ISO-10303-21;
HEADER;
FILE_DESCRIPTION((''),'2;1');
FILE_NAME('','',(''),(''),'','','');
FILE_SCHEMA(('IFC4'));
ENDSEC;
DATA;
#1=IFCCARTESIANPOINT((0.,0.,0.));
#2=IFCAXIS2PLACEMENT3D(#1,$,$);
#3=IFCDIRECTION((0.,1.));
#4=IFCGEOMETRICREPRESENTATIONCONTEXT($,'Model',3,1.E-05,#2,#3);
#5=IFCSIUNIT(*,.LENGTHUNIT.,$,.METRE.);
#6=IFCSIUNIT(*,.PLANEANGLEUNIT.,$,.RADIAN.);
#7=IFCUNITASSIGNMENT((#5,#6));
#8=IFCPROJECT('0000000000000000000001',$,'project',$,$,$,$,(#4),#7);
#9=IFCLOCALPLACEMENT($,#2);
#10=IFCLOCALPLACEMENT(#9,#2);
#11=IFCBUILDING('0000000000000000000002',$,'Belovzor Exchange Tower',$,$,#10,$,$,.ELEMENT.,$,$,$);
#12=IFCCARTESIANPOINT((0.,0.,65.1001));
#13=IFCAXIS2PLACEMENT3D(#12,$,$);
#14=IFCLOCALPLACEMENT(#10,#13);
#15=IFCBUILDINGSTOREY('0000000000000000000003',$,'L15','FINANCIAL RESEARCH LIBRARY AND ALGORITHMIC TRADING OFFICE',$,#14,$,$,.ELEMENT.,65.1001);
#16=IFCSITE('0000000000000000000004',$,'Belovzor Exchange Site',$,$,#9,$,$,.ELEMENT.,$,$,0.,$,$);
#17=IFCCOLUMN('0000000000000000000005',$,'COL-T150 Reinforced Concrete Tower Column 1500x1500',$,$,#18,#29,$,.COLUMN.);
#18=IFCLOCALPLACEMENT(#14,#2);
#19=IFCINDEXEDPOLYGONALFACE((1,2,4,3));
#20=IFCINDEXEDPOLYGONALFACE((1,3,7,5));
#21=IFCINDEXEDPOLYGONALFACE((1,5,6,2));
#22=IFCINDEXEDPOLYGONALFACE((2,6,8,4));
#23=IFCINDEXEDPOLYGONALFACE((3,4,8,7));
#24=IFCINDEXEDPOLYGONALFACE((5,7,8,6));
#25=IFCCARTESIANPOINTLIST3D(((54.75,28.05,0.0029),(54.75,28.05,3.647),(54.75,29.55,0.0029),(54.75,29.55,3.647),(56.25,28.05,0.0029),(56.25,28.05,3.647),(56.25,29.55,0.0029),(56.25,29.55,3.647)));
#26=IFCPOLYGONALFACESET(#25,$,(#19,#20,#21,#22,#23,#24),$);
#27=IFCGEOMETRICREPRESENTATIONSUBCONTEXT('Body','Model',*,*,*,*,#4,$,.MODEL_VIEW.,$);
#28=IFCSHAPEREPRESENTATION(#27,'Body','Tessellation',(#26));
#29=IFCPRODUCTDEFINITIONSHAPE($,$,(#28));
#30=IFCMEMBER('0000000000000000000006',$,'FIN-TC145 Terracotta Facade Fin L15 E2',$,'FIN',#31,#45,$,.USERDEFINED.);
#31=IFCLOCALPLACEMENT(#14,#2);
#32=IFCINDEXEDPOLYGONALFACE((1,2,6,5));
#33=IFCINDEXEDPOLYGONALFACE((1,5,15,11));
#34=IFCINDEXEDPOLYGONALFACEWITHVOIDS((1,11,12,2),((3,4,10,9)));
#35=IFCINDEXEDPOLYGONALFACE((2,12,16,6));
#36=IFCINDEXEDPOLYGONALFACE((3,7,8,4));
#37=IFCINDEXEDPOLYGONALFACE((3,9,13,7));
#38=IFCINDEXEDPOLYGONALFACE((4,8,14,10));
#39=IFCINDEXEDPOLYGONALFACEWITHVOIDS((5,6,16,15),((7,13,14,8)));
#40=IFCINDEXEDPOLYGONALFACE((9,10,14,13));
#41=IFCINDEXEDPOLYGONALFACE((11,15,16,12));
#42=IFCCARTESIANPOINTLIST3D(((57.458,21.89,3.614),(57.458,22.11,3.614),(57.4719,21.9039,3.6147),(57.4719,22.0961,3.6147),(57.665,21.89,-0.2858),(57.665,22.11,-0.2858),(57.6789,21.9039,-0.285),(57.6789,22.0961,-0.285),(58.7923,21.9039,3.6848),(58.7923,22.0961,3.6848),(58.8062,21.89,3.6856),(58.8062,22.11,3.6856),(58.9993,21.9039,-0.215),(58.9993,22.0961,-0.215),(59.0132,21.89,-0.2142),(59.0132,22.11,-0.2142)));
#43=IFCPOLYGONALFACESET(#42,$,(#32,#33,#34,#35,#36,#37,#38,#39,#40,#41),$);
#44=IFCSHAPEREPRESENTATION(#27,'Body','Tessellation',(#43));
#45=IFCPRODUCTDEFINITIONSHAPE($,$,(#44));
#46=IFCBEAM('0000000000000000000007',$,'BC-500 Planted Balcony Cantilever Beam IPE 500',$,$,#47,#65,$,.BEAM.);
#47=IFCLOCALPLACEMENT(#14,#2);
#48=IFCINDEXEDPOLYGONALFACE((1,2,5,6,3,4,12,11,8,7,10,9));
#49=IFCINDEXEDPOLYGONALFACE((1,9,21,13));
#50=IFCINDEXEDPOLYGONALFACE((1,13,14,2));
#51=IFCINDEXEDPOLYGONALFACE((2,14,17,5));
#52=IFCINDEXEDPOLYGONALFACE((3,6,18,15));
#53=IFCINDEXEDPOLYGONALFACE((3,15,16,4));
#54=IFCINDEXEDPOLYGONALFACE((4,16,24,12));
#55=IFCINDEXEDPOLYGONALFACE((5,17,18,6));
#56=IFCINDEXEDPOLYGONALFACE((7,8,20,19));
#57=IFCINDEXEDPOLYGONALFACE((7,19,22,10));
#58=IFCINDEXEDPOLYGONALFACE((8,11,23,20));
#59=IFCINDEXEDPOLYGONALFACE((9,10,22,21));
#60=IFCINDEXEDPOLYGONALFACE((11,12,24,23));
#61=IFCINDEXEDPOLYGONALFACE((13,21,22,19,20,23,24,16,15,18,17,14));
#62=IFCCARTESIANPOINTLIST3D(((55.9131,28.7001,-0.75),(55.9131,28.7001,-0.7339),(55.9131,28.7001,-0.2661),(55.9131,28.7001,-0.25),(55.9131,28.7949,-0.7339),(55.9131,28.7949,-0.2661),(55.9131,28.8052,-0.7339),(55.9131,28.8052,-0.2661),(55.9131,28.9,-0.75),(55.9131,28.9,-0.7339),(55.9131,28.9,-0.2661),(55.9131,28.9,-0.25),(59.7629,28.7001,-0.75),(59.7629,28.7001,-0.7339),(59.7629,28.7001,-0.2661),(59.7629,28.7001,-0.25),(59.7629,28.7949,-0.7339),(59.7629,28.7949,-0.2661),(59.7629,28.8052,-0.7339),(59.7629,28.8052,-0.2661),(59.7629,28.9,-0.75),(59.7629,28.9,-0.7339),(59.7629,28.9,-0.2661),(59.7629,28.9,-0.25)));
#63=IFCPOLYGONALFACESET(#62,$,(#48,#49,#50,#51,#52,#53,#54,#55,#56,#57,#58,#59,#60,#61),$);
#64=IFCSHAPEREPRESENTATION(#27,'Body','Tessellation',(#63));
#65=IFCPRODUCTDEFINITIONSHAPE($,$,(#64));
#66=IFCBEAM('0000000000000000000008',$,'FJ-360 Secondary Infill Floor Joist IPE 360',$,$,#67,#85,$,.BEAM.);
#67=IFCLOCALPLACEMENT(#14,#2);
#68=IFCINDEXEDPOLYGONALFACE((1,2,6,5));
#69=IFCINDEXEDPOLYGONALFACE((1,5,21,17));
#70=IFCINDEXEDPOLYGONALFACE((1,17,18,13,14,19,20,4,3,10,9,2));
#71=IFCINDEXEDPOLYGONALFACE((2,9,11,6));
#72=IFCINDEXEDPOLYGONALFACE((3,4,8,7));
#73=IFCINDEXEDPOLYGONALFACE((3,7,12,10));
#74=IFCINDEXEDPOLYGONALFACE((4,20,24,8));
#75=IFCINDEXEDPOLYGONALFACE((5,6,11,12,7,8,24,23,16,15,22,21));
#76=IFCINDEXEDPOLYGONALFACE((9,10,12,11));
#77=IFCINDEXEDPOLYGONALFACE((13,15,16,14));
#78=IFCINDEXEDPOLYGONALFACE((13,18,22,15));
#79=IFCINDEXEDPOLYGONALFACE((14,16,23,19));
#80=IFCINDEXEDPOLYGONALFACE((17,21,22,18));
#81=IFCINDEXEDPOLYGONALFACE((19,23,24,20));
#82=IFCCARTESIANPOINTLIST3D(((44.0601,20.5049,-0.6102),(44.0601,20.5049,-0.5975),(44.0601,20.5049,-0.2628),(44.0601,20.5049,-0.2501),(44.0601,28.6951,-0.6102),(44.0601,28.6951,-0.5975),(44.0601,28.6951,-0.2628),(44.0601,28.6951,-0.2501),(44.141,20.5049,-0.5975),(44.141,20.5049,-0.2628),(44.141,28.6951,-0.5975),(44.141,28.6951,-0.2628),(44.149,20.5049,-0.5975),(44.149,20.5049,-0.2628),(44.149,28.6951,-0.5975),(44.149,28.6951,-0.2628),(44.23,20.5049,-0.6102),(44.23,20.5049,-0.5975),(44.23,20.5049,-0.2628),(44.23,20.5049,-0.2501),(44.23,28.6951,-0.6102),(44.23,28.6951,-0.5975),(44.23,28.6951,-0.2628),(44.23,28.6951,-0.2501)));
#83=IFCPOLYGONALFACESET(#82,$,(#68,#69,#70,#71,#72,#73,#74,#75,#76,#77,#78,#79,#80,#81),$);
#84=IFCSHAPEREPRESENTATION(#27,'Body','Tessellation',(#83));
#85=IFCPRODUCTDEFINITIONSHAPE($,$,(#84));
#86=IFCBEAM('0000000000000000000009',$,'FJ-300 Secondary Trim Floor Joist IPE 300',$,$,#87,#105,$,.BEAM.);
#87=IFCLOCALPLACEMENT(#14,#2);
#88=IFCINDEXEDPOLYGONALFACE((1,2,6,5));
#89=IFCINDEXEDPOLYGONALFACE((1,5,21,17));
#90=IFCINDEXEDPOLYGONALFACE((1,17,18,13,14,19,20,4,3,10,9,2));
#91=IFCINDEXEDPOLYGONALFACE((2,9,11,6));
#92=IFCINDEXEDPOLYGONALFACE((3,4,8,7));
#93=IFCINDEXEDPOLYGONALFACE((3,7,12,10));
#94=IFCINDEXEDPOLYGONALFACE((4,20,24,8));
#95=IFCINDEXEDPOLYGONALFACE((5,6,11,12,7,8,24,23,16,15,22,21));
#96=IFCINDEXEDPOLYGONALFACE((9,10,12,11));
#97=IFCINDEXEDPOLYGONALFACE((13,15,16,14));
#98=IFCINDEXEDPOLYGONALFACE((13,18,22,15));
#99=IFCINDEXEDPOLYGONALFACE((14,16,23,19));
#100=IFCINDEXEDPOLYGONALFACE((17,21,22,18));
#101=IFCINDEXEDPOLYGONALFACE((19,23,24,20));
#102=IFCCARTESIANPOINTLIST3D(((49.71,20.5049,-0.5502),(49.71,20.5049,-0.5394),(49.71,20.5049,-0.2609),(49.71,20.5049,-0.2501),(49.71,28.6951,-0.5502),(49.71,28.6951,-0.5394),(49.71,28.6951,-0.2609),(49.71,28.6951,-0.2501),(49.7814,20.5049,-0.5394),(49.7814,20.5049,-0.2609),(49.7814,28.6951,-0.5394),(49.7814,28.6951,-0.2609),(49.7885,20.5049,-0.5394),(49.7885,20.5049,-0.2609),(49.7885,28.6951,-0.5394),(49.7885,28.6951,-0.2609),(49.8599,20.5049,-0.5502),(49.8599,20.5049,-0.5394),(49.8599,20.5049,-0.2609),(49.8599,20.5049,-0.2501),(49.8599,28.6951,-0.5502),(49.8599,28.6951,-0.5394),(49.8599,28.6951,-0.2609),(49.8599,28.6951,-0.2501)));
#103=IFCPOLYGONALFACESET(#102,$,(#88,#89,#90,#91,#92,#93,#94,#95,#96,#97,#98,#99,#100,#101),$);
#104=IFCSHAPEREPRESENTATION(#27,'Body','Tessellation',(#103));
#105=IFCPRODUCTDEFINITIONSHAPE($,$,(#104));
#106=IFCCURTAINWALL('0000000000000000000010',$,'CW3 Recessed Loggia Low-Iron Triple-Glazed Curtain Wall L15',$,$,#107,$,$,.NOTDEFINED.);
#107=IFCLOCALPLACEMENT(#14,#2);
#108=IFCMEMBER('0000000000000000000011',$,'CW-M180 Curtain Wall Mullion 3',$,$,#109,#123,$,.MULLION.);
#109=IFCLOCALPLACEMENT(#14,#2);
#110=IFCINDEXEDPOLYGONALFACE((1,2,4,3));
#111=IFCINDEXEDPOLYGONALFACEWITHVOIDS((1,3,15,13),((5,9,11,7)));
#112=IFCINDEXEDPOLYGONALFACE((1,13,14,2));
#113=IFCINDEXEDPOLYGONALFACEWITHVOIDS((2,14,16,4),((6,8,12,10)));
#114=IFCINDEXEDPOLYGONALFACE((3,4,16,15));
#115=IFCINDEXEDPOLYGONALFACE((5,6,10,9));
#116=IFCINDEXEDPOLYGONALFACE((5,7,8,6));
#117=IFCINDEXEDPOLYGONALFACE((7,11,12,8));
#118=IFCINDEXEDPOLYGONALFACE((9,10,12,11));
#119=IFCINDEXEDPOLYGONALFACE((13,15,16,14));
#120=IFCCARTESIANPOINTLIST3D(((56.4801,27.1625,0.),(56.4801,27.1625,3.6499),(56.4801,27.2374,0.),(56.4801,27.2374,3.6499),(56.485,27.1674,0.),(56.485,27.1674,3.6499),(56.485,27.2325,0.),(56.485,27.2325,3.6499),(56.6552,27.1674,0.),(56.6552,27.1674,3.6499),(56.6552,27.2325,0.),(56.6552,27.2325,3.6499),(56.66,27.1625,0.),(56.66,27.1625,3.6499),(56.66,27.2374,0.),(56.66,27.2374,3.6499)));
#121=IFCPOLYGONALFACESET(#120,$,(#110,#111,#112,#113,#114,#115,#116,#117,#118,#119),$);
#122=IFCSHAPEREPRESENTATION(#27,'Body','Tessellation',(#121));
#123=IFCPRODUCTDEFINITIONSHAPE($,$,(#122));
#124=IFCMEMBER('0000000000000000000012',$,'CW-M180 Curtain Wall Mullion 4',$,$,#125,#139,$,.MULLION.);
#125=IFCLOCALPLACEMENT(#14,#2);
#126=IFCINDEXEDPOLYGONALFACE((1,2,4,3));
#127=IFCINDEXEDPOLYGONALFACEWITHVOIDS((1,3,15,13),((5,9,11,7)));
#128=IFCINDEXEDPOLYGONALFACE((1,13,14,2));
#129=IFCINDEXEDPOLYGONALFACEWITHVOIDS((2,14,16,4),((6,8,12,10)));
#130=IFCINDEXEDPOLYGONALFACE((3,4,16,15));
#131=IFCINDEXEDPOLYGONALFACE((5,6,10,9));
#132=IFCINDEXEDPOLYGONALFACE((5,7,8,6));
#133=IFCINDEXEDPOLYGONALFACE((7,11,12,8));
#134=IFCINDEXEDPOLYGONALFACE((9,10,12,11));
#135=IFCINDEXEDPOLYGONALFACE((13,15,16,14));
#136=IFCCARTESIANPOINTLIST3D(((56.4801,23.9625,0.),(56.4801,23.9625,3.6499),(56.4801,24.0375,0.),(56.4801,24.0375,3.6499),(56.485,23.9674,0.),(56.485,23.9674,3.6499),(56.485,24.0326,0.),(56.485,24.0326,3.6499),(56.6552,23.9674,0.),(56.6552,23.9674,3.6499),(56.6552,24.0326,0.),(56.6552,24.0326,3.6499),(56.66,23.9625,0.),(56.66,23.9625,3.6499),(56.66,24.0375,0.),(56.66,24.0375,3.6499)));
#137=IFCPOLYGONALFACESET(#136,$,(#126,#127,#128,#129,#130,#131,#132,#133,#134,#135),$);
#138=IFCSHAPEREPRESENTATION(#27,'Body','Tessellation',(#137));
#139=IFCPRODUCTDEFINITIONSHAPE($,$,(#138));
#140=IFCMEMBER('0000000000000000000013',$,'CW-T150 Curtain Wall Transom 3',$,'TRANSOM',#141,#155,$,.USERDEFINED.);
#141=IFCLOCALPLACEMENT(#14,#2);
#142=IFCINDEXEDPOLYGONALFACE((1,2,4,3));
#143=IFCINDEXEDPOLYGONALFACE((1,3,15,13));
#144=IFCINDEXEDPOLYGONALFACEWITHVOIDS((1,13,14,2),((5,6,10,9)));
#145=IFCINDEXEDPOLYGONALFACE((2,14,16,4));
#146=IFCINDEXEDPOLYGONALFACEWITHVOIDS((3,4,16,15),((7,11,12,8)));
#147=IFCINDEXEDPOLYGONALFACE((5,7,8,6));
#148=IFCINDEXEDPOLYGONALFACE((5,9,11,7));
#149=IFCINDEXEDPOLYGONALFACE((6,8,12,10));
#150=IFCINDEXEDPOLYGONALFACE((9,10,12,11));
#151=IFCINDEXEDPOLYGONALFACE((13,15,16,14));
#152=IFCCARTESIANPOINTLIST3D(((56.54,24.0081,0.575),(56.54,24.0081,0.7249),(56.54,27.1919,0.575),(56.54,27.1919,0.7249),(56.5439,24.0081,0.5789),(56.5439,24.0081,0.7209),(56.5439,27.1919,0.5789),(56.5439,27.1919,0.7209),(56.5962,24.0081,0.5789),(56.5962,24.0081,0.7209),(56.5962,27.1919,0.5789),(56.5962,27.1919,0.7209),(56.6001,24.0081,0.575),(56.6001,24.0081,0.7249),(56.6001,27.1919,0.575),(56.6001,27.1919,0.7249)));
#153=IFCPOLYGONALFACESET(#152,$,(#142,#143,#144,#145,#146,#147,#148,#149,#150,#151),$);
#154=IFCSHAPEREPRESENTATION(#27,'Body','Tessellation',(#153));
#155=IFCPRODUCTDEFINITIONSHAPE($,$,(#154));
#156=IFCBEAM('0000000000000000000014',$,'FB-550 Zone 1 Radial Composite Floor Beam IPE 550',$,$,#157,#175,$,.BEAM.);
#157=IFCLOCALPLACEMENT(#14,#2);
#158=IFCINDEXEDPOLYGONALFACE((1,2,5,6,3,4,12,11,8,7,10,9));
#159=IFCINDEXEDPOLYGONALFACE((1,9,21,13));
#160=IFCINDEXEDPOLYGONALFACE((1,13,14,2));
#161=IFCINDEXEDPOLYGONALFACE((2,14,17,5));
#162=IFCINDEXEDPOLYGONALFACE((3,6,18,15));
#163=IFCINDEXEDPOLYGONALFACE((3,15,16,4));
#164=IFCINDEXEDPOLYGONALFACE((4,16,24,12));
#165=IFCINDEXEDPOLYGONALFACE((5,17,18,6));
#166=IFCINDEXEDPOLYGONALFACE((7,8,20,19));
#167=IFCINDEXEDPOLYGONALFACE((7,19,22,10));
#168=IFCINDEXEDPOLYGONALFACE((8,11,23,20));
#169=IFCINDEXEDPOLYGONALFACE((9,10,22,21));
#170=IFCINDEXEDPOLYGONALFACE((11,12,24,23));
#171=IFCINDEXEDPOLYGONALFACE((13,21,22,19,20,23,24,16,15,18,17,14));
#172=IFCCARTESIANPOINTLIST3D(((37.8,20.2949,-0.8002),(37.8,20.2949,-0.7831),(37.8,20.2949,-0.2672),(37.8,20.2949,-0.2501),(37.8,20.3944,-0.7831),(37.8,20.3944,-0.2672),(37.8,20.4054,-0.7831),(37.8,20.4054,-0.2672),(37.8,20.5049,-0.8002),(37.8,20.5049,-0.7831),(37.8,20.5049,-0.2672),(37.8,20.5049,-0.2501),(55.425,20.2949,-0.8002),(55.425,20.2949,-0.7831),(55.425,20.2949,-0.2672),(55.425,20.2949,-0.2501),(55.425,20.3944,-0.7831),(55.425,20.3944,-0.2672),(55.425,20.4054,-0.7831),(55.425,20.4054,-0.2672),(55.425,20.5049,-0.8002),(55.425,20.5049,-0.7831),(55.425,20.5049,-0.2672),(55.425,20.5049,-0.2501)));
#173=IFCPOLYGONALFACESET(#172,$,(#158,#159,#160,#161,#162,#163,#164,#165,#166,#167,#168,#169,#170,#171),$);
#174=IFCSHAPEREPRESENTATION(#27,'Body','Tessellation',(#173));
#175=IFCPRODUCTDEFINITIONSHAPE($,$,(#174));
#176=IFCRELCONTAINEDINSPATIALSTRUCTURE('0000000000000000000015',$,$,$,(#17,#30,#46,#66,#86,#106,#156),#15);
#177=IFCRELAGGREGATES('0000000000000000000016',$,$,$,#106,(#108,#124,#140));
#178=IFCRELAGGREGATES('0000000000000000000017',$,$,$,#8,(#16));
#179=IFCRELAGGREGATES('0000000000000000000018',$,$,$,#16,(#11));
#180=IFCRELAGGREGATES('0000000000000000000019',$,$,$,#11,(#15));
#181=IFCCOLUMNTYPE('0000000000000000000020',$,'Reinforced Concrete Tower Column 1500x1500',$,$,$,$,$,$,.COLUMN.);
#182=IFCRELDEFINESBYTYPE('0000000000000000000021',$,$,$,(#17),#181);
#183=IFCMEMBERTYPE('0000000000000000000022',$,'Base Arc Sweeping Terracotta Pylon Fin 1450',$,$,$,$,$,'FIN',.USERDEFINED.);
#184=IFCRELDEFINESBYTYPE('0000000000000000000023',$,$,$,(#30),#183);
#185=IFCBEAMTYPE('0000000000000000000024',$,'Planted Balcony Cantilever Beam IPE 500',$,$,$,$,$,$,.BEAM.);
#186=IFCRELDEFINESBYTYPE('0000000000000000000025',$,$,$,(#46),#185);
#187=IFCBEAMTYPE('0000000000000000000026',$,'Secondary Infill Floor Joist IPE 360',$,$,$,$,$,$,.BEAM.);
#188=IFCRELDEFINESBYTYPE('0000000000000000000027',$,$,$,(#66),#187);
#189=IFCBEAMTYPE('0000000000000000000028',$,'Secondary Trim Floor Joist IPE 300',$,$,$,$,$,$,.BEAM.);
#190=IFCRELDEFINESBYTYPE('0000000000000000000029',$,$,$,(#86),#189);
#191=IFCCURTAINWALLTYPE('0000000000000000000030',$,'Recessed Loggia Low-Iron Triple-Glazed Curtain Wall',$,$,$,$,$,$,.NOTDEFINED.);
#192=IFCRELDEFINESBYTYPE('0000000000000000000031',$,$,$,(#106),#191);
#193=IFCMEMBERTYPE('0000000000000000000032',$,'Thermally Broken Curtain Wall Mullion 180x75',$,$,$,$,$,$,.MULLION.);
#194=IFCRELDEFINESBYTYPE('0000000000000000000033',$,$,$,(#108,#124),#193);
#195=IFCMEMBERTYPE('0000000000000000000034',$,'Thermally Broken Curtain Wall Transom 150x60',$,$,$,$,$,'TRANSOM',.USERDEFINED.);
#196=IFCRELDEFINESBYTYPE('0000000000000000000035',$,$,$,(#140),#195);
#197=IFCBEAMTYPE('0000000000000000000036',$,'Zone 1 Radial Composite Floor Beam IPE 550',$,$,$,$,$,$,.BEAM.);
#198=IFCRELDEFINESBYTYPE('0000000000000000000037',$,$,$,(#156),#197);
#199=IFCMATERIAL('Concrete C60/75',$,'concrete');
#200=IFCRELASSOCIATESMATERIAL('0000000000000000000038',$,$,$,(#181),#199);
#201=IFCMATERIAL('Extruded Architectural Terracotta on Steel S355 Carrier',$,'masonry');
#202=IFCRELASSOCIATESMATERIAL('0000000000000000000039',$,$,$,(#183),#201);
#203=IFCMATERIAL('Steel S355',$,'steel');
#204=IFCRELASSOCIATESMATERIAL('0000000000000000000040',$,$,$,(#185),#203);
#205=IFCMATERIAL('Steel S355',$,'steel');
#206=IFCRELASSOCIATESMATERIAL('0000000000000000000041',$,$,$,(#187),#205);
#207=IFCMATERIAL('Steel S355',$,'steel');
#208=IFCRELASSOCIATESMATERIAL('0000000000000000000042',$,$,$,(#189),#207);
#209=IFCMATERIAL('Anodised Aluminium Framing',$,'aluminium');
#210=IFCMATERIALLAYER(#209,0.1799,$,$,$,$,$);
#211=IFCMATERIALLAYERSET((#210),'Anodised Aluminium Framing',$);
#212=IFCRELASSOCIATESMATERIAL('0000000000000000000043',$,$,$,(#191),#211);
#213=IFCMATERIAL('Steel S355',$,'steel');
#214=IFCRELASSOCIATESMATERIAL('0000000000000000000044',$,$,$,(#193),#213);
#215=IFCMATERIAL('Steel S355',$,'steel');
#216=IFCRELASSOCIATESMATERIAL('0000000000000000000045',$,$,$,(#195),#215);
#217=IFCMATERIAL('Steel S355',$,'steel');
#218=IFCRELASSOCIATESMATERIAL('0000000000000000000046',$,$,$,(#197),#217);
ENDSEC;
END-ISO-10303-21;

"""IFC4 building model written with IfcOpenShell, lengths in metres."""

from ifc_helpers import new_model, si_unit, direction, frame, origin, origin_2d, place, context, subcontext, project, spatial, rectangle, hollow_rectangle, i_section, extrude, material, layer, layer_set, material_profile, profile_set, type_object, element, aggregate, save


model = new_model("IFC4")

# Units and contexts
model_context = context("Model", 3, precision=1e-05, world=origin(), true_north=direction((0.0, 1.0)))
body_context = subcontext(model_context, "Body", "Model", "MODEL_VIEW")
ifc_project = project(units=[si_unit("LENGTHUNIT", "METRE"), si_unit("PLANEANGLEUNIT", "RADIAN")], contexts=[model_context])

# Site, building, storey
site_placement = place(None, origin())
site = spatial("IfcSite", under=ifc_project, at=site_placement, Name="Belovzor Exchange Site", CompositionType="ELEMENT", RefElevation=0.0)
building_placement = place(site_placement, origin())
building = spatial("IfcBuilding", under=site, at=building_placement, Name="Belovzor Exchange Tower", CompositionType="ELEMENT")
storey_placement = place(building_placement, frame((0.0, 0.0, 65.1001)))
storey = spatial("IfcBuildingStorey", under=building, at=storey_placement, Name="L15", Description="FINANCIAL RESEARCH LIBRARY AND ALGORITHMIC TRADING OFFICE", CompositionType="ELEMENT", Elevation=65.1001)

# Column
ifc_material_1 = material(Name="Concrete C60/75", Category="concrete")
ifc_material_profile_1 = material_profile(ifc_material_1, rectangle(XDim=1.5, YDim=1.5, at=origin_2d()))
ifc_profile_set_1 = profile_set([ifc_material_profile_1], Name="Concrete C60/75")
column_type = type_object("IfcColumnType", Name="Reinforced Concrete Tower Column 1500x1500", PredefinedType="COLUMN", material=ifc_profile_set_1)
column_placement = place(storey_placement, frame((55.5, 28.8, 0.0029), z_axis=(0.0, 0.0, 1.0), x_axis=(1.0, 0.0, 0.0)))
element("IfcColumn", 1, at=column_placement, inside=storey, type_object=column_type, Name="COL-T150 Reinforced Concrete Tower Column 1500x1500", PredefinedType="COLUMN", context=body_context, shape_type="SweptSolid", body=[
    extrude(rectangle(XDim=1.5, YDim=1.5, at=origin_2d()), origin(), (0.0, 0.0, 1.0), 3.644),
])

# Member
ifc_material_2 = material(Name="Extruded Architectural Terracotta on Steel S355 Carrier", Category="masonry")
ifc_material_profile_2 = material_profile(ifc_material_2, hollow_rectangle(XDim=0.22, YDim=1.3501, WallThickness=0.0139, at=origin_2d()))
ifc_profile_set_2 = profile_set([ifc_material_profile_2], Name="Extruded Architectural Terracotta on Steel S355 Carrier")
member_type_1 = type_object("IfcMemberType", Name="Base Arc Sweeping Terracotta Pylon Fin 1450", ElementType="FIN", PredefinedType="USERDEFINED", material=ifc_profile_set_2)
member_1_placement = place(storey_placement, frame((58.3391, 22.0, -0.25), z_axis=(-0.053012, 0.0, 0.998594), x_axis=(0.0, -1.0, 0.0)))
element("IfcMember", 2, at=member_1_placement, inside=storey, type_object=member_type_1, Name="FIN-TC145 Terracotta Facade Fin L15 E2", ObjectType="FIN", PredefinedType="USERDEFINED", context=body_context, shape_type="SweptSolid", body=[
    extrude(hollow_rectangle(XDim=0.22, YDim=1.3501, WallThickness=0.0139, at=origin_2d()), origin(), (0.0, 0.0, 1.0), 3.9053),
])

# Beams
ifc_material_3 = material(Name="Steel S355", Category="steel")
ifc_material_profile_3 = material_profile(ifc_material_3, i_section(OverallWidth=0.2, OverallDepth=0.5, WebThickness=0.0103, FlangeThickness=0.0161, at=origin_2d()))
ifc_profile_set_3 = profile_set([ifc_material_profile_3], Name="Steel S355")
beam_type_1 = type_object("IfcBeamType", Name="Planted Balcony Cantilever Beam IPE 500", PredefinedType="BEAM", material=ifc_profile_set_3)
beam_1_placement = place(storey_placement, frame((55.9131, 28.8, -0.5), z_axis=(1.0, 0.0, 0.0), x_axis=(0.0, 1.0, 0.0)))
element("IfcBeam", 3, at=beam_1_placement, inside=storey, type_object=beam_type_1, Name="BC-500 Planted Balcony Cantilever Beam IPE 500", PredefinedType="BEAM", context=body_context, shape_type="SweptSolid", body=[
    extrude(i_section(OverallWidth=0.2, OverallDepth=0.5, WebThickness=0.0103, FlangeThickness=0.0161, at=origin_2d()), origin(), (0.0, 0.0, 1.0), 3.8499),
])
ifc_material_4 = material(Name="Steel S355", Category="steel")
ifc_material_profile_4 = material_profile(ifc_material_4, i_section(OverallWidth=0.1699, OverallDepth=0.3601, WebThickness=0.0081, FlangeThickness=0.0127, at=origin_2d()))
ifc_profile_set_4 = profile_set([ifc_material_profile_4], Name="Steel S355")
beam_type_2 = type_object("IfcBeamType", Name="Secondary Infill Floor Joist IPE 360", PredefinedType="BEAM", material=ifc_profile_set_4)
beam_2_placement = place(storey_placement, frame((44.145, 20.5049, -0.4302), z_axis=(0.0, 1.0, 0.0), x_axis=(-1.0, 0.0, 0.0)))
element("IfcBeam", 4, at=beam_2_placement, inside=storey, type_object=beam_type_2, Name="FJ-360 Secondary Infill Floor Joist IPE 360", PredefinedType="BEAM", context=body_context, shape_type="SweptSolid", body=[
    extrude(i_section(OverallWidth=0.1699, OverallDepth=0.3601, WebThickness=0.0081, FlangeThickness=0.0127, at=origin_2d()), origin(), (0.0, 0.0, 1.0), 8.1902),
])
ifc_material_5 = material(Name="Steel S355", Category="steel")
ifc_material_profile_5 = material_profile(ifc_material_5, i_section(OverallWidth=0.1499, OverallDepth=0.3, WebThickness=0.0071, FlangeThickness=0.0107, at=origin_2d()))
ifc_profile_set_5 = profile_set([ifc_material_profile_5], Name="Steel S355")
beam_type_3 = type_object("IfcBeamType", Name="Secondary Trim Floor Joist IPE 300", PredefinedType="BEAM", material=ifc_profile_set_5)
beam_3_placement = place(storey_placement, frame((49.7849, 20.5049, -0.4001), z_axis=(0.0, 1.0, 0.0), x_axis=(-1.0, 0.0, 0.0)))
element("IfcBeam", 5, at=beam_3_placement, inside=storey, type_object=beam_type_3, Name="FJ-300 Secondary Trim Floor Joist IPE 300", PredefinedType="BEAM", context=body_context, shape_type="SweptSolid", body=[
    extrude(i_section(OverallWidth=0.1499, OverallDepth=0.3, WebThickness=0.0071, FlangeThickness=0.0107, at=origin_2d()), origin(), (0.0, 0.0, 1.0), 8.1902),
])

# Curtain wall, members
ifc_material_6 = material(Name="Anodised Aluminium Framing", Category="aluminium")
ifc_layer_1 = layer(ifc_material_6, 0.1799)
ifc_layer_set_1 = layer_set([ifc_layer_1], Name="Anodised Aluminium Framing")
curtain_wall_type = type_object("IfcCurtainWallType", Name="Recessed Loggia Low-Iron Triple-Glazed Curtain Wall", PredefinedType="NOTDEFINED", material=ifc_layer_set_1)
curtain_wall_placement = place(storey_placement, origin())
curtain_wall = element("IfcCurtainWall", 6, at=curtain_wall_placement, inside=storey, type_object=curtain_wall_type, Name="CW3 Recessed Loggia Low-Iron Triple-Glazed Curtain Wall L15", PredefinedType="NOTDEFINED")
ifc_material_7 = material(Name="Steel S355", Category="steel")
ifc_material_profile_6 = material_profile(ifc_material_7, hollow_rectangle(XDim=0.075, YDim=0.1799, WallThickness=0.0049, at=origin_2d()))
ifc_profile_set_6 = profile_set([ifc_material_profile_6], Name="Steel S355")
member_type_2 = type_object("IfcMemberType", Name="Thermally Broken Curtain Wall Mullion 180x75", PredefinedType="MULLION", material=ifc_profile_set_6)
member_2_placement = place(storey_placement, frame((56.5701, 27.2, 0.0), z_axis=(0.0, 0.0, 1.0), x_axis=(0.0, -1.0, 0.0)))
member_2 = element("IfcMember", 7, at=member_2_placement, type_object=member_type_2, Name="CW-M180 Curtain Wall Mullion 3", PredefinedType="MULLION", context=body_context, shape_type="SweptSolid", body=[
    extrude(hollow_rectangle(XDim=0.075, YDim=0.1799, WallThickness=0.0049, at=origin_2d()), origin(), (0.0, 0.0, 1.0), 3.6499),
])
member_3_placement = place(storey_placement, frame((56.5701, 24.0, 0.0), z_axis=(0.0, 0.0, 1.0), x_axis=(0.0, -1.0, 0.0)))
member_3 = element("IfcMember", 8, at=member_3_placement, type_object=member_type_2, Name="CW-M180 Curtain Wall Mullion 4", PredefinedType="MULLION", context=body_context, shape_type="SweptSolid", body=[
    extrude(hollow_rectangle(XDim=0.075, YDim=0.1799, WallThickness=0.0049, at=origin_2d()), origin(), (0.0, 0.0, 1.0), 3.6499),
])
ifc_material_8 = material(Name="Steel S355", Category="steel")
ifc_material_profile_7 = material_profile(ifc_material_8, hollow_rectangle(XDim=0.0601, YDim=0.1499, WallThickness=0.0039, at=origin_2d()))
ifc_profile_set_7 = profile_set([ifc_material_profile_7], Name="Steel S355")
member_type_3 = type_object("IfcMemberType", Name="Thermally Broken Curtain Wall Transom 150x60", ElementType="TRANSOM", PredefinedType="USERDEFINED", material=ifc_profile_set_7)
member_4_placement = place(storey_placement, frame((56.5701, 27.1919, 0.6499), z_axis=(0.0, -1.0, 0.0), x_axis=(1.0, 0.0, 0.0)))
member_4 = element("IfcMember", 9, at=member_4_placement, type_object=member_type_3, Name="CW-T150 Curtain Wall Transom 3", ObjectType="TRANSOM", PredefinedType="USERDEFINED", context=body_context, shape_type="SweptSolid", body=[
    extrude(hollow_rectangle(XDim=0.0601, YDim=0.1499, WallThickness=0.0039, at=origin_2d()), origin(), (0.0, 0.0, 1.0), 3.1838),
])

# Beam
ifc_material_9 = material(Name="Steel S355", Category="steel")
ifc_material_profile_8 = material_profile(ifc_material_9, i_section(OverallWidth=0.21, OverallDepth=0.55, WebThickness=0.011, FlangeThickness=0.0171, at=origin_2d()))
ifc_profile_set_8 = profile_set([ifc_material_profile_8], Name="Steel S355")
beam_type_4 = type_object("IfcBeamType", Name="Zone 1 Radial Composite Floor Beam IPE 550", PredefinedType="BEAM", material=ifc_profile_set_8)
beam_4_placement = place(storey_placement, frame((37.8, 20.3999, -0.5251), z_axis=(1.0, 0.0, 0.0), x_axis=(0.0, 1.0, 0.0)))
element("IfcBeam", 10, at=beam_4_placement, inside=storey, type_object=beam_type_4, Name="FB-550 Zone 1 Radial Composite Floor Beam IPE 550", PredefinedType="BEAM", context=body_context, shape_type="SweptSolid", body=[
    extrude(i_section(OverallWidth=0.21, OverallDepth=0.55, WebThickness=0.011, FlangeThickness=0.0171, at=origin_2d()), origin(), (0.0, 0.0, 1.0), 17.625),
])

aggregate(curtain_wall, [member_2, member_3, member_4])

save(model, "model.ifc")
